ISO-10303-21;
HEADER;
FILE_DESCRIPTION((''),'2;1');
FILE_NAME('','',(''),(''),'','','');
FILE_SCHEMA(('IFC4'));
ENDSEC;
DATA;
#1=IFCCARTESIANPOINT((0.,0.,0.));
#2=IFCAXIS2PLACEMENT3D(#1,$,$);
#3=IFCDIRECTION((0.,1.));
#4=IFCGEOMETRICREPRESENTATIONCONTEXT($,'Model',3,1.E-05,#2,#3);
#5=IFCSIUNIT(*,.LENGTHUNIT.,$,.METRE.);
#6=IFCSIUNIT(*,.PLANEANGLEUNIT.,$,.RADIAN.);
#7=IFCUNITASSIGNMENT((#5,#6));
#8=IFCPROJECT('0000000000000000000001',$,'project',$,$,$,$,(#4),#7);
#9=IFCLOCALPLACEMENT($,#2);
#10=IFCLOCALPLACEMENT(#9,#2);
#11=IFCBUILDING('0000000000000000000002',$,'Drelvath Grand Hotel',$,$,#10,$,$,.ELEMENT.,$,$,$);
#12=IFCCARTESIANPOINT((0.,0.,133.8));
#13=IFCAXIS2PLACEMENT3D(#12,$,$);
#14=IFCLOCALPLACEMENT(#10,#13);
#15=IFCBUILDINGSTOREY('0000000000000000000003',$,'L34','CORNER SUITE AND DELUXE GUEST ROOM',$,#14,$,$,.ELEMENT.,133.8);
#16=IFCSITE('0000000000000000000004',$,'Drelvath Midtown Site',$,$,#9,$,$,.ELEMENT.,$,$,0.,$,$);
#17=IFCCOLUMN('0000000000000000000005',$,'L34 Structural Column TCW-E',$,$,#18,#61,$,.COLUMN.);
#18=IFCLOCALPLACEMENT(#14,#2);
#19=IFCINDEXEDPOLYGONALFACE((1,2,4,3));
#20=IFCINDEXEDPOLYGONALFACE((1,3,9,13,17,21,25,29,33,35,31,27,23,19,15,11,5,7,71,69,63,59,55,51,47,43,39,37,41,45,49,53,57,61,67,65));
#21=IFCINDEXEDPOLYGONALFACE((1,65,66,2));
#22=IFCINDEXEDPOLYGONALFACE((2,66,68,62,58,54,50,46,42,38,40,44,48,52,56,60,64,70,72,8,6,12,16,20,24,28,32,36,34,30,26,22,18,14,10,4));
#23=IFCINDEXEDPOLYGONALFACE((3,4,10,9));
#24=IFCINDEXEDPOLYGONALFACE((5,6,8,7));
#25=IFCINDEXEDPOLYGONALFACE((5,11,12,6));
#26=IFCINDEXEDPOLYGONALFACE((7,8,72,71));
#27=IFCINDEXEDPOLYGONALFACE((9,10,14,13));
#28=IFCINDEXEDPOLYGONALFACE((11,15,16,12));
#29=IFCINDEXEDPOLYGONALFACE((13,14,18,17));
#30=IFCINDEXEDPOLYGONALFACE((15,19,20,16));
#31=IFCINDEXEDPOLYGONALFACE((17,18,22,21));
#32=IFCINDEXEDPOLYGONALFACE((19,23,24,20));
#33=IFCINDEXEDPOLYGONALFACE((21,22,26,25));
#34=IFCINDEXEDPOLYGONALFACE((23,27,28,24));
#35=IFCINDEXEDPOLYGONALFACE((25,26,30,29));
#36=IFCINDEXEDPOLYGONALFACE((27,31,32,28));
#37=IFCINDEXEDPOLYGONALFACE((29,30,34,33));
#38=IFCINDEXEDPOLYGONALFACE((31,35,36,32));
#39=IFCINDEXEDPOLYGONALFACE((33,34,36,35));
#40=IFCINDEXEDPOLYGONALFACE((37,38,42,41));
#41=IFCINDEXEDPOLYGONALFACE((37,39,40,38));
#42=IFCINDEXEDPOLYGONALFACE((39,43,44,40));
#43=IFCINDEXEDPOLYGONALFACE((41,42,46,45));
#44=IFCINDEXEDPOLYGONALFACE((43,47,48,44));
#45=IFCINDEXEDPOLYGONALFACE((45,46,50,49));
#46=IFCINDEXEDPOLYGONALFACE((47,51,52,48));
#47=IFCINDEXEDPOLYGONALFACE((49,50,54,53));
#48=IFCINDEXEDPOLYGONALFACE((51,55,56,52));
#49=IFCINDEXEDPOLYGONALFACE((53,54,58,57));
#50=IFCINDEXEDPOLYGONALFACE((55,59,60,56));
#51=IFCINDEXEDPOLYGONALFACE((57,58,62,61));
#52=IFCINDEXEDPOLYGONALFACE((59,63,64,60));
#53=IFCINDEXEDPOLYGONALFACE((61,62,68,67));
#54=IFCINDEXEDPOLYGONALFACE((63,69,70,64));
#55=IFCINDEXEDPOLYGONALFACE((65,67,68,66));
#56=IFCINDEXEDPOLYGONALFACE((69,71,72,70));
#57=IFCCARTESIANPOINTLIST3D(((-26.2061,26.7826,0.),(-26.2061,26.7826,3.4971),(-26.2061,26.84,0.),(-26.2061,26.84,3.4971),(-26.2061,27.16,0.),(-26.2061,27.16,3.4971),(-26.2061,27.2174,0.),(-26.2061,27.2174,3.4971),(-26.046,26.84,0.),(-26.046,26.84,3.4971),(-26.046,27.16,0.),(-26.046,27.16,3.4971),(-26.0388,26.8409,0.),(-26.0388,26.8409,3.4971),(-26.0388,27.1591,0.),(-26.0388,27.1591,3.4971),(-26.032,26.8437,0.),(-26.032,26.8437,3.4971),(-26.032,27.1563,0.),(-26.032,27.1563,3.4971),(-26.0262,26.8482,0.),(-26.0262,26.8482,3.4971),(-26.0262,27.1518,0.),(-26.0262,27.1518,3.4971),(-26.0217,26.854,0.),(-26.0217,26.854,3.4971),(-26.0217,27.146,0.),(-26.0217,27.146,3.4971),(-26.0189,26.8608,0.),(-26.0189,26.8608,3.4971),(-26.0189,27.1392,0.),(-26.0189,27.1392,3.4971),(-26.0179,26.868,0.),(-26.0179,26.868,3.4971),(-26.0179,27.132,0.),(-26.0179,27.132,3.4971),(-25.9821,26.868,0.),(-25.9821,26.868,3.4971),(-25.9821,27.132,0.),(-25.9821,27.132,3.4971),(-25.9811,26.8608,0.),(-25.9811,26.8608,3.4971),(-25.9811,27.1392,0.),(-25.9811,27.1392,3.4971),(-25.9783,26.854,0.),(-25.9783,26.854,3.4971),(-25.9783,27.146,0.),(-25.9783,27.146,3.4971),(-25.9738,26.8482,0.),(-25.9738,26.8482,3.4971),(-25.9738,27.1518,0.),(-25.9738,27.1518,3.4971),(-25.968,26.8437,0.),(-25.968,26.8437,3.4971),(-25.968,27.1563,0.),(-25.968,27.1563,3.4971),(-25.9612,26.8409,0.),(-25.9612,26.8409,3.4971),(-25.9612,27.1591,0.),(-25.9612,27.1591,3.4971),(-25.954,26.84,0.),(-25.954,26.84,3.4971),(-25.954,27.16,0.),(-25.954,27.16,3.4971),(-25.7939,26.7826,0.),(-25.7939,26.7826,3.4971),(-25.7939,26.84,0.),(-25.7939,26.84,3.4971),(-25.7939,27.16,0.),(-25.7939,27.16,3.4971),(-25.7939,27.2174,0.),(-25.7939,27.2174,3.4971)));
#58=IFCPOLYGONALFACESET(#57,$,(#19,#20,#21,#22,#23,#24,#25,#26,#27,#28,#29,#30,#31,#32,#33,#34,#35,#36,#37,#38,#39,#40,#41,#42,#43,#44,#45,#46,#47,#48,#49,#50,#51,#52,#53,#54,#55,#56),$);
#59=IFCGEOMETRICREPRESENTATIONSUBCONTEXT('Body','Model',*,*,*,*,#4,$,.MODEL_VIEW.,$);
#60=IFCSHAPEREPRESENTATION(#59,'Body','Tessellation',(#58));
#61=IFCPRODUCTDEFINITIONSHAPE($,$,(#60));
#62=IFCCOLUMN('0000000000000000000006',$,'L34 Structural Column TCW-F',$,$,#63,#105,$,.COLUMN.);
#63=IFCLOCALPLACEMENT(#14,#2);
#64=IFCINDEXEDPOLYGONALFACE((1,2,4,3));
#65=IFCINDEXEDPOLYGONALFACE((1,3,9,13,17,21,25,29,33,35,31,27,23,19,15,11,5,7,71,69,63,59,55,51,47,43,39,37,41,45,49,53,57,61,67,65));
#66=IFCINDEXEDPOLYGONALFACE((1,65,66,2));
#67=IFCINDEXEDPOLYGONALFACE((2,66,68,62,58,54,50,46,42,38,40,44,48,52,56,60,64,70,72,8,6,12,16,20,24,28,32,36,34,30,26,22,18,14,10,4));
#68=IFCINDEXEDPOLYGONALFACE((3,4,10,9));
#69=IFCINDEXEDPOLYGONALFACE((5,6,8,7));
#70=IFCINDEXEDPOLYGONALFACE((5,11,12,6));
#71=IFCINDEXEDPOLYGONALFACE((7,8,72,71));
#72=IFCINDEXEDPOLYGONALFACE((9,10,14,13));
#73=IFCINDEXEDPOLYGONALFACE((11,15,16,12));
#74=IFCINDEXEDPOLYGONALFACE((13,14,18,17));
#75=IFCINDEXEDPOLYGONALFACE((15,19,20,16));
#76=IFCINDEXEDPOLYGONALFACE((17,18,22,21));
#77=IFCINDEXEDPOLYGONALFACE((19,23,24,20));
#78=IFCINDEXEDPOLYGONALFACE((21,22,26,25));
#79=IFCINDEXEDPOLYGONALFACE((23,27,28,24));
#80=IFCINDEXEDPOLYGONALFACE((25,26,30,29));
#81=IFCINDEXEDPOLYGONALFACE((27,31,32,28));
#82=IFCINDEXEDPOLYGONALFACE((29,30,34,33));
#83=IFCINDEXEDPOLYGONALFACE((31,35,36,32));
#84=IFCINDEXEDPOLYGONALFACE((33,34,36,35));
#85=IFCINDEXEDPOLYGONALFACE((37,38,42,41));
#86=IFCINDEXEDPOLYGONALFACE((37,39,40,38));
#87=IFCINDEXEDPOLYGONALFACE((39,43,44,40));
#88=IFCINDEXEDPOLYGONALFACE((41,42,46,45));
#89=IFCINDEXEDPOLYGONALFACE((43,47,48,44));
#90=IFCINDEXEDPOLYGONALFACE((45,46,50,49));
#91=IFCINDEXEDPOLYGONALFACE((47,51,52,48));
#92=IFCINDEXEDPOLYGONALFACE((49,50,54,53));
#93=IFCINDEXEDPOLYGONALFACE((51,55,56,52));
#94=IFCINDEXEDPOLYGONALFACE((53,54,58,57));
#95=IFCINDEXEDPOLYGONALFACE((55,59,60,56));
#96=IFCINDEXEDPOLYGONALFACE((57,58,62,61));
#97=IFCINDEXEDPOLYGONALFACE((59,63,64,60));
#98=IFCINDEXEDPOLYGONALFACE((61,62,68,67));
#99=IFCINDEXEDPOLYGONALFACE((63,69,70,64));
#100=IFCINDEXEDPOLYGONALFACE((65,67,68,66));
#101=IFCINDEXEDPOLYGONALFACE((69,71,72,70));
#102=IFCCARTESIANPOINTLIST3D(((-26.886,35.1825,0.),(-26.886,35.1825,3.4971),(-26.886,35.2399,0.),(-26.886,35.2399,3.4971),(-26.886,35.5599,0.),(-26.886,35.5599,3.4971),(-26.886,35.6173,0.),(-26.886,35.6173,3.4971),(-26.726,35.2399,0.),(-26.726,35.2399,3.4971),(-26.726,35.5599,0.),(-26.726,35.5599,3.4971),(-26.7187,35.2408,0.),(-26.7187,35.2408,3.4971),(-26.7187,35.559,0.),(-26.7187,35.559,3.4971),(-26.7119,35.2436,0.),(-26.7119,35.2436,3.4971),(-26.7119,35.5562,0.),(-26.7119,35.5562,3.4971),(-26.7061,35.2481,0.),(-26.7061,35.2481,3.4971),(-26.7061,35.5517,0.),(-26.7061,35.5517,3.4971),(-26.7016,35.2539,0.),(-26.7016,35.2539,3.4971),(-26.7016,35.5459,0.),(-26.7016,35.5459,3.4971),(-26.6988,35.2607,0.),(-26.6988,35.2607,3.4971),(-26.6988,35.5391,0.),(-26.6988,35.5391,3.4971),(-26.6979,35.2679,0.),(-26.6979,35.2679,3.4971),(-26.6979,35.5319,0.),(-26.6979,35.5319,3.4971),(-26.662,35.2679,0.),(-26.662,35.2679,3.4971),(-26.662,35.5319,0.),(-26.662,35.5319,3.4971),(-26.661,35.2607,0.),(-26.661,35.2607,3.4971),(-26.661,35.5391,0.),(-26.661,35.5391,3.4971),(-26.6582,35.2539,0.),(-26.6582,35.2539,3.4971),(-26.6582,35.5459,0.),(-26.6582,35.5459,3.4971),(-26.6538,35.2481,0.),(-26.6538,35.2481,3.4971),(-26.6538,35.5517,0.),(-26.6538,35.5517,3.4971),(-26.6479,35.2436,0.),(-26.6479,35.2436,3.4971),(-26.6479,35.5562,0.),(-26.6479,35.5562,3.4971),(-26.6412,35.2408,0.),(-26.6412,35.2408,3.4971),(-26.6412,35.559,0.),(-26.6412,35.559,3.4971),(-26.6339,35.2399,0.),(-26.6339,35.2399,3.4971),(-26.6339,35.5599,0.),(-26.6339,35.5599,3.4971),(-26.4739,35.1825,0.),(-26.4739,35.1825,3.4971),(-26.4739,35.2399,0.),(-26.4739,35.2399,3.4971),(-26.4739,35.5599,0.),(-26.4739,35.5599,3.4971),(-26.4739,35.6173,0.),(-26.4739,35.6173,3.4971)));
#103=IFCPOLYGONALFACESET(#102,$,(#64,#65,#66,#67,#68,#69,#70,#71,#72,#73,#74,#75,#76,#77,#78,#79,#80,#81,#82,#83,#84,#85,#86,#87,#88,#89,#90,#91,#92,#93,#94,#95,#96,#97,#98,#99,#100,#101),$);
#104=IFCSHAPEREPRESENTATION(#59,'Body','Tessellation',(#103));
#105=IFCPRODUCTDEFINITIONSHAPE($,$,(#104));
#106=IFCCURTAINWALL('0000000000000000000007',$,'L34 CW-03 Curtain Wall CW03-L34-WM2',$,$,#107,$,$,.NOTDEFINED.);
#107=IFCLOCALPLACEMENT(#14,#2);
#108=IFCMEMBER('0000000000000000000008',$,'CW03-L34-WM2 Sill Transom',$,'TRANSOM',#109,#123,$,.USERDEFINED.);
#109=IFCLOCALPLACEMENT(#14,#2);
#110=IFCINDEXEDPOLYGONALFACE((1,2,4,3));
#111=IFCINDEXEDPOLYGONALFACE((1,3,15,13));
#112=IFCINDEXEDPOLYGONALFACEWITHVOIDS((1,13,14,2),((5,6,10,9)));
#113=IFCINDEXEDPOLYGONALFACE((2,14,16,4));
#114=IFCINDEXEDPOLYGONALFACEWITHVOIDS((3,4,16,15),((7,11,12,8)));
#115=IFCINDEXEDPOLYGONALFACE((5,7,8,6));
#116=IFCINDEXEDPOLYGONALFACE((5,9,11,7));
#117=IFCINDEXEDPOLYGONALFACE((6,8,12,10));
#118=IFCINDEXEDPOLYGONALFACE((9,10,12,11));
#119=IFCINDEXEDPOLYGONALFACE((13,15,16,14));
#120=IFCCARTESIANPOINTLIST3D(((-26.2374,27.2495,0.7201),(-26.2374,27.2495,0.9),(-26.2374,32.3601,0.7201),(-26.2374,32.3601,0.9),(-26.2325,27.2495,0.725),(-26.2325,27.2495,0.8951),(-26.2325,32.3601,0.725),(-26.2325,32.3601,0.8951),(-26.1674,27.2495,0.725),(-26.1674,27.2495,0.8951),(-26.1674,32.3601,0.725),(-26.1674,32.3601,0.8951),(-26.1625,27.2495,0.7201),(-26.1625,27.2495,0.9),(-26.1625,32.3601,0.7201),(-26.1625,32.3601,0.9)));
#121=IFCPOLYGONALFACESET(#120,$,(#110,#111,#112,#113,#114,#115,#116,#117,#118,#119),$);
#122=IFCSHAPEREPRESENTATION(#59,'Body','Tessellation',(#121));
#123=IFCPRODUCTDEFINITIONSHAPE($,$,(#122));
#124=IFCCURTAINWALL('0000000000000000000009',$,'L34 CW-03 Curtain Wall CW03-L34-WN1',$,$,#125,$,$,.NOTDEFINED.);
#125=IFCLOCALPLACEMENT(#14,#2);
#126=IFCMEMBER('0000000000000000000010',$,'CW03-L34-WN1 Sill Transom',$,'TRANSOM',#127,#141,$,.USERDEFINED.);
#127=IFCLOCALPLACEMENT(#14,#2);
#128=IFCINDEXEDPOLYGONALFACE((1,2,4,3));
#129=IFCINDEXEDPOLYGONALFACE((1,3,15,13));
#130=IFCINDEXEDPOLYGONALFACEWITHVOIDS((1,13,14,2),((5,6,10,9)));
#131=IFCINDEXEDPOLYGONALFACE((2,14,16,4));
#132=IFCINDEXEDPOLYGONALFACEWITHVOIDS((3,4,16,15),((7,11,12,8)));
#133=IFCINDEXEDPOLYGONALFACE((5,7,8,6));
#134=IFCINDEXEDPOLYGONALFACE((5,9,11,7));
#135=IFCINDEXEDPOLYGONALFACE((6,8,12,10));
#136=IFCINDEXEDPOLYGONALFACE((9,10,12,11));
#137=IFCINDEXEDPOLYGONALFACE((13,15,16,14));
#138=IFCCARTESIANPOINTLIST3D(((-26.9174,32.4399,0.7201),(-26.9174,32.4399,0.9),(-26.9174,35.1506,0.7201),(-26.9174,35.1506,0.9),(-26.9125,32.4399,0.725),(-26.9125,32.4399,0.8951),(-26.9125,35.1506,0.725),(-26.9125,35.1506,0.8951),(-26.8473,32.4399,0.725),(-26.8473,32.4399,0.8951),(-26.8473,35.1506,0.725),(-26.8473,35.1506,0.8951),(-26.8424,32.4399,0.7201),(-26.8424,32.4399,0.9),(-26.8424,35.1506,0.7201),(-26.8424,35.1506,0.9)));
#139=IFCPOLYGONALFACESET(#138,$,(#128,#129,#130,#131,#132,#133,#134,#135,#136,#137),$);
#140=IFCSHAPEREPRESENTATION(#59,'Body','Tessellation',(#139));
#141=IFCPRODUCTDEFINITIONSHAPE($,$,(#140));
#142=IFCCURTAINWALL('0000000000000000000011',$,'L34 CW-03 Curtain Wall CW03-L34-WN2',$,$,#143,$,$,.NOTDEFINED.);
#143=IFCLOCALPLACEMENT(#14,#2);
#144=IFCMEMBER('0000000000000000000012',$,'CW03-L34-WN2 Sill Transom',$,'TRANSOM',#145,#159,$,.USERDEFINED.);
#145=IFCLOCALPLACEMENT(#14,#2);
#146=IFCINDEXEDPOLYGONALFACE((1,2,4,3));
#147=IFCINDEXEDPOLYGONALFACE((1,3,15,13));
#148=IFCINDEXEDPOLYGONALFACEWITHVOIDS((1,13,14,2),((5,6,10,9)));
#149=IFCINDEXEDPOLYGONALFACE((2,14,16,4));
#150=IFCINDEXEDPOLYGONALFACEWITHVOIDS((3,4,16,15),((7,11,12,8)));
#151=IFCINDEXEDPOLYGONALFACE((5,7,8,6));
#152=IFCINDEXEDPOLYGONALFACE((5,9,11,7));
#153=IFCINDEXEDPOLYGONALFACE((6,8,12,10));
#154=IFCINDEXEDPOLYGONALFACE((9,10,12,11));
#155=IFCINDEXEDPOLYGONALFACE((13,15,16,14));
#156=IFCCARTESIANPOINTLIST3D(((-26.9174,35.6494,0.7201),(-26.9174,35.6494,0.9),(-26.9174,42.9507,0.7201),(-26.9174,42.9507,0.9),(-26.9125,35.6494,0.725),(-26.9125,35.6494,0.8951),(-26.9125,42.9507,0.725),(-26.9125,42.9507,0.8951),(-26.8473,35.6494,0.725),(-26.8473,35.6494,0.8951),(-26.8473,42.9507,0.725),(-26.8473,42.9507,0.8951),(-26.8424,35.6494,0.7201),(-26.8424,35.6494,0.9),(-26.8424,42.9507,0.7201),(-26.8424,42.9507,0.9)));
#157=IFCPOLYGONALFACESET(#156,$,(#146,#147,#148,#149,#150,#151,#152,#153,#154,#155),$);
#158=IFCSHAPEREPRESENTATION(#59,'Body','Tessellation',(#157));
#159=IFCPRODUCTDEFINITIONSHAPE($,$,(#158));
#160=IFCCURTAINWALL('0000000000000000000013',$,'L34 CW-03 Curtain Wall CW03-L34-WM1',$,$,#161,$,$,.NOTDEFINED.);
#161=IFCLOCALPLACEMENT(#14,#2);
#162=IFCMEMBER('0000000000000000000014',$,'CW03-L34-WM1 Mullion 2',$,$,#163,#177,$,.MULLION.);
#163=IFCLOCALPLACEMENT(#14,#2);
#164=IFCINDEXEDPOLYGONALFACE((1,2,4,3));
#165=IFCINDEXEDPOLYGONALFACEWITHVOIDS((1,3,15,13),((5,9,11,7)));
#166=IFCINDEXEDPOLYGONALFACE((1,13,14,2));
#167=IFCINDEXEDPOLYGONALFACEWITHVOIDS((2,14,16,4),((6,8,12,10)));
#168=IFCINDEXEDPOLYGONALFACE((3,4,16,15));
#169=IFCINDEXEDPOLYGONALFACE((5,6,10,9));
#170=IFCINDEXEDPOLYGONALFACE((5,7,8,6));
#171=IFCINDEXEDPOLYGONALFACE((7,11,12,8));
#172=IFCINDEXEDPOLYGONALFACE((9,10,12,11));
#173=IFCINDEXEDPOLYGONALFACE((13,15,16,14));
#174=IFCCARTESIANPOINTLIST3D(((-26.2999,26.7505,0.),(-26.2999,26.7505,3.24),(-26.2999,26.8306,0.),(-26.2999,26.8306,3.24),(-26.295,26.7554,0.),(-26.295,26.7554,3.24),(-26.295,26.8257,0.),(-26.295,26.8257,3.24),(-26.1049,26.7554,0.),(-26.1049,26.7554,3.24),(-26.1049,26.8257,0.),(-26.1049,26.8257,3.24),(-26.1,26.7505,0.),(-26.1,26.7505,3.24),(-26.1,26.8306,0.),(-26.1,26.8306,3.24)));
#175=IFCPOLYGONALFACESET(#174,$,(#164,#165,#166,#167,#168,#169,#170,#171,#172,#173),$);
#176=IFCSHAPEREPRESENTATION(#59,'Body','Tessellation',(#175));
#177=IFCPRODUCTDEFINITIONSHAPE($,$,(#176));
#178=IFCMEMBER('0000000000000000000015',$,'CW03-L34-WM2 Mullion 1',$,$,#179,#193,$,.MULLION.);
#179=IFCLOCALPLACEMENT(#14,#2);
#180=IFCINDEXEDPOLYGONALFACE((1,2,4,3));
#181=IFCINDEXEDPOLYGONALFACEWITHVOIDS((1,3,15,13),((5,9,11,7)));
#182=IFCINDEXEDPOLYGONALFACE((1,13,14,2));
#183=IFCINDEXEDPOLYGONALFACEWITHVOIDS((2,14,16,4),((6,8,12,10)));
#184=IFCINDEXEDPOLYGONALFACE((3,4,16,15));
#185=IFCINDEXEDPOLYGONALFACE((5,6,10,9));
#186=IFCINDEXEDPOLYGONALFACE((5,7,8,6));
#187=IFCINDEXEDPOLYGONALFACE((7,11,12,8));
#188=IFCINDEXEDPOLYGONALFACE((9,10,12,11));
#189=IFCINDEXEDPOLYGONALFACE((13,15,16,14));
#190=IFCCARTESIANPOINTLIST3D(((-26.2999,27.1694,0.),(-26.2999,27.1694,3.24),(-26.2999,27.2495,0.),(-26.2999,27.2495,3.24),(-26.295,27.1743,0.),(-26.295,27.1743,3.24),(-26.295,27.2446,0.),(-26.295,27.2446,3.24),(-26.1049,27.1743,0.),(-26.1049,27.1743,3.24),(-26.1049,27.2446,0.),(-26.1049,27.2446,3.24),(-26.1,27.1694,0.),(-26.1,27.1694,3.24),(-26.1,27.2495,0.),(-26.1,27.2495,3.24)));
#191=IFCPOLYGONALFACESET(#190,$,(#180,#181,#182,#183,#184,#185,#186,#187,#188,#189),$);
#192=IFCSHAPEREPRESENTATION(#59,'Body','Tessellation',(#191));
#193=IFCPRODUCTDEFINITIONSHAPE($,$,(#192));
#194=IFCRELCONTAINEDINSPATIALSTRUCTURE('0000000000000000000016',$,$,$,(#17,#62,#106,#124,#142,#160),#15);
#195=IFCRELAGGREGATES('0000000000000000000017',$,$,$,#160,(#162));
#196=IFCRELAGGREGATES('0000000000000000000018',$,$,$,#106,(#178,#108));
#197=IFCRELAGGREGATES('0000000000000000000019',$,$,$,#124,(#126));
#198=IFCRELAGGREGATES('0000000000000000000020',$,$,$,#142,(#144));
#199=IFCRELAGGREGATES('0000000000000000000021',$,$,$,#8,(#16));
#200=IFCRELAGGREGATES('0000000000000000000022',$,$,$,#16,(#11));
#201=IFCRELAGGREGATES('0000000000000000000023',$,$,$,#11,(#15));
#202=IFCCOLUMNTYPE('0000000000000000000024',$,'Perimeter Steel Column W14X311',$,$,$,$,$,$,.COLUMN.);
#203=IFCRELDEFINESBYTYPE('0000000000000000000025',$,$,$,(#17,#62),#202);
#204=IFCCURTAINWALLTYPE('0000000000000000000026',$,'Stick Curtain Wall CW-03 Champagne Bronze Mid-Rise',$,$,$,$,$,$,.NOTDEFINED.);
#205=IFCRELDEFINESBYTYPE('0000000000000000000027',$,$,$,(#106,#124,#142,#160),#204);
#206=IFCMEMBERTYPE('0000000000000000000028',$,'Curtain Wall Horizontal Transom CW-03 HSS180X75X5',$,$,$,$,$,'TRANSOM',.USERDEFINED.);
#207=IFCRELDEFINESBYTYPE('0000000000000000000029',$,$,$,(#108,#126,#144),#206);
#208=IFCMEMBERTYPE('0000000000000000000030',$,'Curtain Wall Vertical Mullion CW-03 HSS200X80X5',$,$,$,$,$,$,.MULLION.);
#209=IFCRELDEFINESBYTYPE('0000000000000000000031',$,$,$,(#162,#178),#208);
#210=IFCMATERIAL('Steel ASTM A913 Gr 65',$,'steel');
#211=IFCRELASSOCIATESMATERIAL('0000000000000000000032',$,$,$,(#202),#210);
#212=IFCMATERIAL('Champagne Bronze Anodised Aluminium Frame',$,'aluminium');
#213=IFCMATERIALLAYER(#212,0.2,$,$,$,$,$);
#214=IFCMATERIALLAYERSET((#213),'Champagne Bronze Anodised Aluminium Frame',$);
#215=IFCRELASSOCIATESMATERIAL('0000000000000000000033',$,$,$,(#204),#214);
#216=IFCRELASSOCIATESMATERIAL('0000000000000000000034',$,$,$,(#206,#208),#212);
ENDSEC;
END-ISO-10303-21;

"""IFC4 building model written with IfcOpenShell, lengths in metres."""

from ifc_helpers import new_model, si_unit, direction, frame, origin, origin_2d, place, context, subcontext, project, spatial, hollow_rectangle, i_section, extrude, material, layer, layer_set, material_profile, profile_set, type_object, element, aggregate, save


model = new_model("IFC4")

# Units and contexts
model_context = context("Model", 3, precision=1e-05, world=origin(), true_north=direction((0.0, 1.0)))
body_context = subcontext(model_context, "Body", "Model", "MODEL_VIEW")
ifc_project = project(units=[si_unit("LENGTHUNIT", "METRE"), si_unit("PLANEANGLEUNIT", "RADIAN")], contexts=[model_context])

# Site, building, storey
site_placement = place(None, origin())
site = spatial("IfcSite", under=ifc_project, at=site_placement, Name="Drelvath Midtown Site", CompositionType="ELEMENT", RefElevation=0.0)
building_placement = place(site_placement, origin())
building = spatial("IfcBuilding", under=site, at=building_placement, Name="Drelvath Grand Hotel", CompositionType="ELEMENT")
storey_placement = place(building_placement, frame((0.0, 0.0, 133.8)))
storey = spatial("IfcBuildingStorey", under=building, at=storey_placement, Name="L34", Description="CORNER SUITE AND DELUXE GUEST ROOM", CompositionType="ELEMENT", Elevation=133.8)

# Columns
ifc_material_1 = material(Name="Steel ASTM A913 Gr 65", Category="steel")
ifc_material_profile_1 = material_profile(ifc_material_1, i_section(OverallWidth=0.4121, OverallDepth=0.4348, WebThickness=0.0359, FlangeThickness=0.0574, FilletRadius=0.0281, at=origin_2d()), Name="W14X311")
ifc_profile_set_1 = profile_set([ifc_material_profile_1], Name="Steel ASTM A913 Gr 65")
column_type = type_object("IfcColumnType", Name="Perimeter Steel Column W14X311", PredefinedType="COLUMN", material=ifc_profile_set_1)
for number, where, z_axis, x_axis, name in (
    (1, (-26.0, 27.0, 0.0), (0.0, 0.0, 1.0), (1.0, 0.0, 0.0), "L34 Structural Column TCW-E"),
    (2, (-26.6799, 35.3999, 0.0), (0.0, 0.0, 1.0), (1.0, 0.0, 0.0), "L34 Structural Column TCW-F"),
):
    element("IfcColumn", number, at=place(storey_placement, frame(where, z_axis=z_axis, x_axis=x_axis)), inside=storey, type_object=column_type, Name=name, PredefinedType="COLUMN", context=body_context, shape_type="SweptSolid", body=[
        extrude(i_section(OverallWidth=0.4121, OverallDepth=0.4348, WebThickness=0.0359, FlangeThickness=0.0574, FilletRadius=0.0281, at=origin_2d()), origin(), (0.0, 0.0, 1.0), 3.4971),
    ])

# Curtain walls, members
ifc_material_2 = material(Name="Champagne Bronze Anodised Aluminium Frame", Category="aluminium")
ifc_layer_1 = layer(ifc_material_2, 0.2)
ifc_layer_set_1 = layer_set([ifc_layer_1], Name="Champagne Bronze Anodised Aluminium Frame")
curtain_wall_type = type_object("IfcCurtainWallType", Name="Stick Curtain Wall CW-03 Champagne Bronze Mid-Rise", PredefinedType="NOTDEFINED", material=ifc_layer_set_1)
curtain_wall_1_placement = place(storey_placement, origin())
curtain_wall_1 = element("IfcCurtainWall", 3, at=curtain_wall_1_placement, inside=storey, type_object=curtain_wall_type, Name="L34 CW-03 Curtain Wall CW03-L34-WM2", PredefinedType="NOTDEFINED")
ifc_material_profile_2 = material_profile(ifc_material_2, hollow_rectangle(XDim=0.075, YDim=0.1799, WallThickness=0.0049, at=origin_2d()), Name="HSS180X75X5")
ifc_profile_set_2 = profile_set([ifc_material_profile_2], Name="Champagne Bronze Anodised Aluminium Frame")
member_type_1 = type_object("IfcMemberType", Name="Curtain Wall Horizontal Transom CW-03 HSS180X75X5", ElementType="TRANSOM", PredefinedType="USERDEFINED", material=ifc_profile_set_2)
member_1_placement = place(storey_placement, frame((-26.2, 27.2495, 0.8101), z_axis=(0.0, 1.0, 0.0), x_axis=(-1.0, 0.0, 0.0)))
member_1 = element("IfcMember", 4, at=member_1_placement, type_object=member_type_1, Name="CW03-L34-WM2 Sill Transom", ObjectType="TRANSOM", PredefinedType="USERDEFINED", context=body_context, shape_type="SweptSolid", body=[
    extrude(hollow_rectangle(XDim=0.075, YDim=0.1799, WallThickness=0.0049, at=origin_2d()), origin(), (0.0, 0.0, 1.0), 5.1106),
])
curtain_wall_2_placement = place(storey_placement, origin())
curtain_wall_2 = element("IfcCurtainWall", 5, at=curtain_wall_2_placement, inside=storey, type_object=curtain_wall_type, Name="L34 CW-03 Curtain Wall CW03-L34-WN1", PredefinedType="NOTDEFINED")
member_2_placement = place(storey_placement, frame((-26.8799, 32.4399, 0.8101), z_axis=(0.0, 1.0, 0.0), x_axis=(-1.0, 0.0, 0.0)))
member_2 = element("IfcMember", 6, at=member_2_placement, type_object=member_type_1, Name="CW03-L34-WN1 Sill Transom", ObjectType="TRANSOM", PredefinedType="USERDEFINED", context=body_context, shape_type="SweptSolid", body=[
    extrude(hollow_rectangle(XDim=0.075, YDim=0.1799, WallThickness=0.0049, at=origin_2d()), origin(), (0.0, 0.0, 1.0), 2.7107),
])
curtain_wall_3_placement = place(storey_placement, origin())
curtain_wall_3 = element("IfcCurtainWall", 7, at=curtain_wall_3_placement, inside=storey, type_object=curtain_wall_type, Name="L34 CW-03 Curtain Wall CW03-L34-WN2", PredefinedType="NOTDEFINED")
member_3_placement = place(storey_placement, frame((-26.8799, 35.6494, 0.8101), z_axis=(0.0, 1.0, 0.0), x_axis=(-1.0, 0.0, 0.0)))
member_3 = element("IfcMember", 8, at=member_3_placement, type_object=member_type_1, Name="CW03-L34-WN2 Sill Transom", ObjectType="TRANSOM", PredefinedType="USERDEFINED", context=body_context, shape_type="SweptSolid", body=[
    extrude(hollow_rectangle(XDim=0.075, YDim=0.1799, WallThickness=0.0049, at=origin_2d()), origin(), (0.0, 0.0, 1.0), 7.3013),
])
curtain_wall_4_placement = place(storey_placement, origin())
curtain_wall_4 = element("IfcCurtainWall", 9, at=curtain_wall_4_placement, inside=storey, type_object=curtain_wall_type, Name="L34 CW-03 Curtain Wall CW03-L34-WM1", PredefinedType="NOTDEFINED")
ifc_material_profile_3 = material_profile(ifc_material_2, hollow_rectangle(XDim=0.0801, YDim=0.2, WallThickness=0.0049, at=origin_2d()), Name="HSS200X80X5")
ifc_profile_set_3 = profile_set([ifc_material_profile_3], Name="Champagne Bronze Anodised Aluminium Frame")
member_type_2 = type_object("IfcMemberType", Name="Curtain Wall Vertical Mullion CW-03 HSS200X80X5", PredefinedType="MULLION", material=ifc_profile_set_3)
member_4_placement = place(storey_placement, frame((-26.2, 26.7905, 0.0), z_axis=(0.0, 0.0, 1.0), x_axis=(0.0, 1.0, 0.0)))
member_4 = element("IfcMember", 10, at=member_4_placement, type_object=member_type_2, Name="CW03-L34-WM1 Mullion 2", PredefinedType="MULLION", context=body_context, shape_type="SweptSolid", body=[
    extrude(hollow_rectangle(XDim=0.0801, YDim=0.2, WallThickness=0.0049, at=origin_2d()), origin(), (0.0, 0.0, 1.0), 3.24),
])
aggregate(curtain_wall_4, [member_4])

# Member
member_5_placement = place(storey_placement, frame((-26.2, 27.2095, 0.0), z_axis=(0.0, 0.0, 1.0), x_axis=(0.0, 1.0, 0.0)))
member_5 = element("IfcMember", 11, at=member_5_placement, type_object=member_type_2, Name="CW03-L34-WM2 Mullion 1", PredefinedType="MULLION", context=body_context, shape_type="SweptSolid", body=[
    extrude(hollow_rectangle(XDim=0.0801, YDim=0.2, WallThickness=0.0049, at=origin_2d()), origin(), (0.0, 0.0, 1.0), 3.24),
])

aggregate(curtain_wall_1, [member_5, member_1])
aggregate(curtain_wall_2, [member_2])
aggregate(curtain_wall_3, [member_3])

save(model, "model.ifc")
